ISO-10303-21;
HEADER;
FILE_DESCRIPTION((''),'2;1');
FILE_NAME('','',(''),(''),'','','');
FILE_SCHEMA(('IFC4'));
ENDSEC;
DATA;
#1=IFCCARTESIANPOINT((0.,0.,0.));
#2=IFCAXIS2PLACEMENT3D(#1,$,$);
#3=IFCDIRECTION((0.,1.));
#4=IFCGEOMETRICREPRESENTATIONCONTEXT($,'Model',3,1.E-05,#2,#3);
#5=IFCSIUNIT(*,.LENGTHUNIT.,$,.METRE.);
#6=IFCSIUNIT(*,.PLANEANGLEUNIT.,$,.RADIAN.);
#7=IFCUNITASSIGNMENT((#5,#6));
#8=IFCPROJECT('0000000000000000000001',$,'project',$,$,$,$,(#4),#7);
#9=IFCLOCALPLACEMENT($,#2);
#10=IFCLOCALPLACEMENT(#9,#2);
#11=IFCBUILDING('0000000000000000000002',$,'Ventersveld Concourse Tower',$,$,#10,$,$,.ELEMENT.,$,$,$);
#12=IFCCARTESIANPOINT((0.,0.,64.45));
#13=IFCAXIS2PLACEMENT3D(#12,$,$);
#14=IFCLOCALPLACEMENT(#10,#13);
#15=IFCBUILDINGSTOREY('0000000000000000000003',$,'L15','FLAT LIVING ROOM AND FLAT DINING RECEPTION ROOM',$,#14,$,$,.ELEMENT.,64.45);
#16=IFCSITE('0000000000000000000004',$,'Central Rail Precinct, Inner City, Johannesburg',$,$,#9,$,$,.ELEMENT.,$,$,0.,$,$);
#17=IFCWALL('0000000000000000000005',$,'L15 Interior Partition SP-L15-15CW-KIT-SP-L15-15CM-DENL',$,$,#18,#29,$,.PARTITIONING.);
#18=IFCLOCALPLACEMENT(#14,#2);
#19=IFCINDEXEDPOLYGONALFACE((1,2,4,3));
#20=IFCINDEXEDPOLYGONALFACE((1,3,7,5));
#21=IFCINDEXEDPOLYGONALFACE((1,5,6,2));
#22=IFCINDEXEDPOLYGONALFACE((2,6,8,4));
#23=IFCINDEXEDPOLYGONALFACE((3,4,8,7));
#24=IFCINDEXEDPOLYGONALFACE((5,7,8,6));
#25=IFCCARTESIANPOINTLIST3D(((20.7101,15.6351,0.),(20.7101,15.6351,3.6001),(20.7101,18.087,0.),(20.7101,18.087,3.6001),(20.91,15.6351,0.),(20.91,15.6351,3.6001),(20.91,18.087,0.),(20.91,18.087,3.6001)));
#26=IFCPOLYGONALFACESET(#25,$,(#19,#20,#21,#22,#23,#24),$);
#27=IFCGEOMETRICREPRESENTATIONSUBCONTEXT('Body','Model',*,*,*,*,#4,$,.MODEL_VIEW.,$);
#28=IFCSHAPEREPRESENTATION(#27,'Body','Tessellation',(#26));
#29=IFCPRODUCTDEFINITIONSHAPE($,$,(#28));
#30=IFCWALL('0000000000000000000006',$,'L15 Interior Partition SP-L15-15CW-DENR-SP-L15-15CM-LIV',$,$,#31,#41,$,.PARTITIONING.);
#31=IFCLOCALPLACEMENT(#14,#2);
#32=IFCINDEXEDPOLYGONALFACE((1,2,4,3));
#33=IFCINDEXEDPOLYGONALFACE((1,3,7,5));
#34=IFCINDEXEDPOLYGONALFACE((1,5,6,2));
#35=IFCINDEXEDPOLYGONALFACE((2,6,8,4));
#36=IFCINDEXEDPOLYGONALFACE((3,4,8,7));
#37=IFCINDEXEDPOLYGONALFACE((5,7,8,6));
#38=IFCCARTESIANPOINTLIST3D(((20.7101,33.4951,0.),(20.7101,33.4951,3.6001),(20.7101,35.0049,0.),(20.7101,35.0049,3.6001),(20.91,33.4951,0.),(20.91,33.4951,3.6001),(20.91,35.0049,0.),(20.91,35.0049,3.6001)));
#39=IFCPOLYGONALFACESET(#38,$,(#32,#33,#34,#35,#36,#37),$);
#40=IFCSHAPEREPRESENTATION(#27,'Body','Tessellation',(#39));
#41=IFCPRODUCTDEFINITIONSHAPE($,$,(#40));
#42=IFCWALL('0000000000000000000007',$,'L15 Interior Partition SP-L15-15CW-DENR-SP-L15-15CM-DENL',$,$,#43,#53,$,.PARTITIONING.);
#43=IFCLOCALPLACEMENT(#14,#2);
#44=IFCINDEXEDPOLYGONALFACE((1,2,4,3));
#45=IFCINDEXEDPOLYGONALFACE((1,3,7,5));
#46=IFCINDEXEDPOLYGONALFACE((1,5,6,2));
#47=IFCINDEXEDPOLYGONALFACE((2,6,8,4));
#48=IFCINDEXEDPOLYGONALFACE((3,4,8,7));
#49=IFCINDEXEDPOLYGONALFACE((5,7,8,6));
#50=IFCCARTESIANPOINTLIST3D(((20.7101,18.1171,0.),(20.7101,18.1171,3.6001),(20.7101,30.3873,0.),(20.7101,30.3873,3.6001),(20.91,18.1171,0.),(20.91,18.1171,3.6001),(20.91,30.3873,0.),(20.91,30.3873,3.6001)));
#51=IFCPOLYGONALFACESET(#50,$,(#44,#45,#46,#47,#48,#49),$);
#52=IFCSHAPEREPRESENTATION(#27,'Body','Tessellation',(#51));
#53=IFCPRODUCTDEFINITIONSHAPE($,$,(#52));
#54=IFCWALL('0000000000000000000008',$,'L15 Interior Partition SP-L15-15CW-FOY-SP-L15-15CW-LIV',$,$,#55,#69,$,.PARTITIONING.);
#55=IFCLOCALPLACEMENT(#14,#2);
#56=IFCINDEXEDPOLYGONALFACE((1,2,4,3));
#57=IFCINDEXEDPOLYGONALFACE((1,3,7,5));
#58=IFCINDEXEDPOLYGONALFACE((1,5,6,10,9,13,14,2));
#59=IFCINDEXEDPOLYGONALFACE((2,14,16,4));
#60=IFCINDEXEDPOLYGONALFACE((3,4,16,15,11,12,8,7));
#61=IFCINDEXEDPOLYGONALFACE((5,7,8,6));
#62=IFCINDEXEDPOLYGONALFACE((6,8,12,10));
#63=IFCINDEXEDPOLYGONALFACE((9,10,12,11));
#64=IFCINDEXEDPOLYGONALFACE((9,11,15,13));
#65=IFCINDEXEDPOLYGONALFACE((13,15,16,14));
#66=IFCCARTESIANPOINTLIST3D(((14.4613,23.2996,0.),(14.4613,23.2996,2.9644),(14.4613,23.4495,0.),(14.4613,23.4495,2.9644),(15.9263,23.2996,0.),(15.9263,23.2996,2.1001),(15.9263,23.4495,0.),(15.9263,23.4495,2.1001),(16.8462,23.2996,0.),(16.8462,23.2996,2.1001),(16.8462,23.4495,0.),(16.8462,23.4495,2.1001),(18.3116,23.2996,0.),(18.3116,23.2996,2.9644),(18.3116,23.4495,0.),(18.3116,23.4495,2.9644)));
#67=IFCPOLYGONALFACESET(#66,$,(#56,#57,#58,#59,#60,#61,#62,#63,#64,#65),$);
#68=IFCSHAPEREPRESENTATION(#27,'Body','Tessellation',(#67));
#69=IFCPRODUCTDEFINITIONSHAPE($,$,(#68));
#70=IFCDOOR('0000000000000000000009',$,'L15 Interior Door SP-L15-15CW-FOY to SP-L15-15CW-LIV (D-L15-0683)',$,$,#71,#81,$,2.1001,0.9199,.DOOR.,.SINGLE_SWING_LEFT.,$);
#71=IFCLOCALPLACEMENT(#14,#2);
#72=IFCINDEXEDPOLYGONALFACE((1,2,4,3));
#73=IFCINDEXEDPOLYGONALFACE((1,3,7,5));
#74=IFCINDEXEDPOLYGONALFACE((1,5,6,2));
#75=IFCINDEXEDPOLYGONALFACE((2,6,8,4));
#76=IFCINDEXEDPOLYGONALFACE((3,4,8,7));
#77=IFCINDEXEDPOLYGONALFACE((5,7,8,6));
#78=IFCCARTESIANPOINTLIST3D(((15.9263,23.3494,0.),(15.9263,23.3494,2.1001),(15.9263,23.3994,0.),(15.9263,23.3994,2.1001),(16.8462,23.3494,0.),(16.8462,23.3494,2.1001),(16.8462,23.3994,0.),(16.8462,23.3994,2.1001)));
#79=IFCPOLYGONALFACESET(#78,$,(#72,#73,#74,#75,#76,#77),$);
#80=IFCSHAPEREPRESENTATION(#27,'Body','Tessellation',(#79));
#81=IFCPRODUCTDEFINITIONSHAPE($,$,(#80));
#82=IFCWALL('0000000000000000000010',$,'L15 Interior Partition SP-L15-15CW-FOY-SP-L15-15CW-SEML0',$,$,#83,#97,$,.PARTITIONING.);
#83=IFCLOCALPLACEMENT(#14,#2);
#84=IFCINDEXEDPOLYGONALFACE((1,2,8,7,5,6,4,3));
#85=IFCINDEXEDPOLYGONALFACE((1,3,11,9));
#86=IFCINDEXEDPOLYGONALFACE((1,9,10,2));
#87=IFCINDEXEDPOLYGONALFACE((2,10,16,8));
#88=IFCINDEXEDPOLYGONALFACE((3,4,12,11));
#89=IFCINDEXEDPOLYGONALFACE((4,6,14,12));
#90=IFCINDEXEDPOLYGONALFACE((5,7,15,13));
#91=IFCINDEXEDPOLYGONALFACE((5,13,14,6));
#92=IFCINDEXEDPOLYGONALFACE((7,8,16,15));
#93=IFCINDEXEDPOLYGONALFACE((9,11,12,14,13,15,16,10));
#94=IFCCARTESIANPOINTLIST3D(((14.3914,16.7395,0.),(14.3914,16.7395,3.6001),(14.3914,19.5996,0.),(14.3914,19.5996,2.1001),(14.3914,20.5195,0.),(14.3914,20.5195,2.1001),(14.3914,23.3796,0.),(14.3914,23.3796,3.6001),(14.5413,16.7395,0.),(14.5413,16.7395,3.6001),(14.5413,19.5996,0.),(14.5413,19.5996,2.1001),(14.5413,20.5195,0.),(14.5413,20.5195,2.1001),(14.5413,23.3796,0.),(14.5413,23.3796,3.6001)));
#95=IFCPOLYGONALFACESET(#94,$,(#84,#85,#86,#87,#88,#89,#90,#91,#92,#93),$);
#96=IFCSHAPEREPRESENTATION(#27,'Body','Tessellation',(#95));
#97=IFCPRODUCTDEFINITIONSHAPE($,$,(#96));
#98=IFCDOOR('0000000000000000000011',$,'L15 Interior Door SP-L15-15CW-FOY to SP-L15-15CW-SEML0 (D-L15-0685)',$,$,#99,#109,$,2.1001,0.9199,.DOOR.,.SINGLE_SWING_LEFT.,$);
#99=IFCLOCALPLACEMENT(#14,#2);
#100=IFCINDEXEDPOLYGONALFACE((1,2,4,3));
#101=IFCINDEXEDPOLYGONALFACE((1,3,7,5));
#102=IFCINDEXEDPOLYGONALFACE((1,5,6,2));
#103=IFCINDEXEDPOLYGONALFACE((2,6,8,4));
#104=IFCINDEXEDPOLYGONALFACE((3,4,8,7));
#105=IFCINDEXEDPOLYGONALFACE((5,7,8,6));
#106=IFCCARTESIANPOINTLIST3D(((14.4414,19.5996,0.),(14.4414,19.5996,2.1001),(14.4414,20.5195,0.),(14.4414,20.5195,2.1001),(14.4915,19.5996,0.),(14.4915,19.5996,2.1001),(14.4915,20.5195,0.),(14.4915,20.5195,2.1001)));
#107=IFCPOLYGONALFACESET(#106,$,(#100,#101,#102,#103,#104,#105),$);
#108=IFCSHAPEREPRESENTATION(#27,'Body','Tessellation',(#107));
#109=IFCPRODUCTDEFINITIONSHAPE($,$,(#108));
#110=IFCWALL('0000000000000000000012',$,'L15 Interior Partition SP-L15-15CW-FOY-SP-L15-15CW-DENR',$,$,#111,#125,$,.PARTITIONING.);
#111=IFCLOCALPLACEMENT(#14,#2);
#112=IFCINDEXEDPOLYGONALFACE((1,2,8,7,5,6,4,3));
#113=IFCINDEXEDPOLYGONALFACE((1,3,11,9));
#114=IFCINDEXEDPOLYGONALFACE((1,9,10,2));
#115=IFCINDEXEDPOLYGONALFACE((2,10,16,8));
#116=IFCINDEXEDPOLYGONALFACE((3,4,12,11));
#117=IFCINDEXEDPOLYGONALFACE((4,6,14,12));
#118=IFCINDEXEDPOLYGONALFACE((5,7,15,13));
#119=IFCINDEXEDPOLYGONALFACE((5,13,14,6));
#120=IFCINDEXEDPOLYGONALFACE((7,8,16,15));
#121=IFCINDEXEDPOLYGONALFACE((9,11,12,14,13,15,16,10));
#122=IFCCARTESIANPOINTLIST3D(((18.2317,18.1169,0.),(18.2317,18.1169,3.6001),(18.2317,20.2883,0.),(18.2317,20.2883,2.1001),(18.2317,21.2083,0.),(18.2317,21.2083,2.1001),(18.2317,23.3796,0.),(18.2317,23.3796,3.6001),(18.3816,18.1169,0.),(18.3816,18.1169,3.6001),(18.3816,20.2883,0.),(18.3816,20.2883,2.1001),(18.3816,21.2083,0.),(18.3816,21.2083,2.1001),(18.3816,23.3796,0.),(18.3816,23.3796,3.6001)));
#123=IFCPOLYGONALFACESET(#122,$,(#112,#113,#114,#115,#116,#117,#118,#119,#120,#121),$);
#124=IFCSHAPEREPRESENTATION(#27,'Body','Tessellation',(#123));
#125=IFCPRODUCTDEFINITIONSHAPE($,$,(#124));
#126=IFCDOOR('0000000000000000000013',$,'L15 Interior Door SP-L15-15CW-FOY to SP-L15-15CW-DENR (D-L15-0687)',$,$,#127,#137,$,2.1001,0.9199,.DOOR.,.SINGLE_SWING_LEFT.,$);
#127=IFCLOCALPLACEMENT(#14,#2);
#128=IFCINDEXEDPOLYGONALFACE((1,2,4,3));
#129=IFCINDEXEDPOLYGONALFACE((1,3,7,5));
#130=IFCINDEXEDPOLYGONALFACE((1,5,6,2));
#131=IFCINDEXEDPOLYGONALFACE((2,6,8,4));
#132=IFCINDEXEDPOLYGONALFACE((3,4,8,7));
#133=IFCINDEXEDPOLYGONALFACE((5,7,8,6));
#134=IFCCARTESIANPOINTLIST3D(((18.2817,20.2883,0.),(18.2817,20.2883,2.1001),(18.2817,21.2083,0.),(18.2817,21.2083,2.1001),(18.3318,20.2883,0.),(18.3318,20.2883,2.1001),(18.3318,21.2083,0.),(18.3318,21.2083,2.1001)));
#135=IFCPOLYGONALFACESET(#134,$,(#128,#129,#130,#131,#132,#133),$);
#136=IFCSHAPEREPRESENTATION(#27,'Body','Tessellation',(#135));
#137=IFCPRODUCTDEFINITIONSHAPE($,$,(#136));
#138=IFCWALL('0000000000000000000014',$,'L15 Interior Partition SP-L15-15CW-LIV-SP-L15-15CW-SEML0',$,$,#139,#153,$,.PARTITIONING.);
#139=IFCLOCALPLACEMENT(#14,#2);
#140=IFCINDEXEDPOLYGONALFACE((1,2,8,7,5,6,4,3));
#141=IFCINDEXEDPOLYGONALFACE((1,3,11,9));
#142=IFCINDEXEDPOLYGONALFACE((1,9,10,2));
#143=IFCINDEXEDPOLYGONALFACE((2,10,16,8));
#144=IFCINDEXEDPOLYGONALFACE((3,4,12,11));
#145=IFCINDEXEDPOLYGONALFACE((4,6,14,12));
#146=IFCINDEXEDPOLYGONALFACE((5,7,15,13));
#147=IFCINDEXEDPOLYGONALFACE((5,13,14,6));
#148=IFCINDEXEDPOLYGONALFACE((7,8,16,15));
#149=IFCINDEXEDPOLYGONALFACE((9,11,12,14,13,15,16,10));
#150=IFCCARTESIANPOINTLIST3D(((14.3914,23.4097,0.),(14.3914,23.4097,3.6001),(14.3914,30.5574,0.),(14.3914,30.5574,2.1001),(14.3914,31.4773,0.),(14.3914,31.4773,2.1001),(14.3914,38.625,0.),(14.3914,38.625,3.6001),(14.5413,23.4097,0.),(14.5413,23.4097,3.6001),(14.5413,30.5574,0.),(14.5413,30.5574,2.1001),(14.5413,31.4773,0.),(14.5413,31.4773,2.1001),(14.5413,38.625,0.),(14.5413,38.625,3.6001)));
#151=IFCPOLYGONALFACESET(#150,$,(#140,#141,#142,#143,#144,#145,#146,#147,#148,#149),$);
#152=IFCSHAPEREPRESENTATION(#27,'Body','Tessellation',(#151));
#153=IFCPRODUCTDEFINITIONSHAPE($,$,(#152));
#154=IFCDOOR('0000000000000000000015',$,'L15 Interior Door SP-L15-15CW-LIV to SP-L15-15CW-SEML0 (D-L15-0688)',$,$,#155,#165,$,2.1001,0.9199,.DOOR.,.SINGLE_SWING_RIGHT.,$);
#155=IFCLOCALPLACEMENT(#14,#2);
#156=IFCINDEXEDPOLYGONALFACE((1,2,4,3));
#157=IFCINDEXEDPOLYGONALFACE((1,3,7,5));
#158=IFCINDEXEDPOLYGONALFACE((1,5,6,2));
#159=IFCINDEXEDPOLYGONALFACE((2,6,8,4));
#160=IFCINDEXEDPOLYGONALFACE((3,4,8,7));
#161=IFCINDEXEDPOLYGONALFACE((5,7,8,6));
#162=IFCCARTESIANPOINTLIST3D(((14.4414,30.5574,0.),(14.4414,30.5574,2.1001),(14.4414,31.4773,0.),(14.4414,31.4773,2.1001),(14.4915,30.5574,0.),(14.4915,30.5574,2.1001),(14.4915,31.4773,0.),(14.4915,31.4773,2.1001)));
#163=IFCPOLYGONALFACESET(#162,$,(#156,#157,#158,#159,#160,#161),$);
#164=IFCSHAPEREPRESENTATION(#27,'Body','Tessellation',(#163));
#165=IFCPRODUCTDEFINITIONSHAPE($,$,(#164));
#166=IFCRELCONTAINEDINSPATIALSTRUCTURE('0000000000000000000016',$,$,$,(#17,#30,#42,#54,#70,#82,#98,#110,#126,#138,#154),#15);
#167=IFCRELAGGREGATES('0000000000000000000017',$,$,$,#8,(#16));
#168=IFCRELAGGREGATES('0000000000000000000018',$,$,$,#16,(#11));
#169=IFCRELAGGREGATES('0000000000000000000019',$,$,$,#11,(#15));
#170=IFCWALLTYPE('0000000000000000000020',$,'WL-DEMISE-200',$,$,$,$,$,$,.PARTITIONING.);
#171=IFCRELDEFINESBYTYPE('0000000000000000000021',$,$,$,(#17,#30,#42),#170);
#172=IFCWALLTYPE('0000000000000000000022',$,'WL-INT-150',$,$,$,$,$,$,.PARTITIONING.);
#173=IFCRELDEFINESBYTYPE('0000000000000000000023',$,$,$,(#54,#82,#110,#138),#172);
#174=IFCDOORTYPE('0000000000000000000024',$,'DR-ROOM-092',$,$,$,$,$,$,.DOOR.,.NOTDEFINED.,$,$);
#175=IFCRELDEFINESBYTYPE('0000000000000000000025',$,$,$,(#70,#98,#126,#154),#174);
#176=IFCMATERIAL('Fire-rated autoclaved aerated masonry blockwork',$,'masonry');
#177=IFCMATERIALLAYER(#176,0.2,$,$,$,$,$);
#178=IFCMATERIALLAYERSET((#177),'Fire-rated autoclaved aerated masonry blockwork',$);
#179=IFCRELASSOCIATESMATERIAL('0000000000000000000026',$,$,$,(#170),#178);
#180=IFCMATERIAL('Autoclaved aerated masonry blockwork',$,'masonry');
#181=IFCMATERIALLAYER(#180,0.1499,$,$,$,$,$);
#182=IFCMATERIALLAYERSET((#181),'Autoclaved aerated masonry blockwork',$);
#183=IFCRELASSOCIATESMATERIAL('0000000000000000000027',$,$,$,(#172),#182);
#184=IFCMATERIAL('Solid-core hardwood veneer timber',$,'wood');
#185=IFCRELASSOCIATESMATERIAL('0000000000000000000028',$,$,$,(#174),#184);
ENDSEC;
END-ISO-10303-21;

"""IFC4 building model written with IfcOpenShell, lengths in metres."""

from ifc_helpers import new_model, si_unit, direction, frame, frame_2d, origin, place, context, subcontext, project, spatial, rectangle, extrude, material, layer, layer_set, type_object, element, fill, save


model = new_model("IFC4")

# Units and contexts
model_context = context("Model", 3, precision=1e-05, world=origin(), true_north=direction((0.0, 1.0)))
body_context = subcontext(model_context, "Body", "Model", "MODEL_VIEW")
ifc_project = project(units=[si_unit("LENGTHUNIT", "METRE"), si_unit("PLANEANGLEUNIT", "RADIAN")], contexts=[model_context])

# Site, building, storey
site_placement = place(None, origin())
site = spatial("IfcSite", under=ifc_project, at=site_placement, Name="Central Rail Precinct, Inner City, Johannesburg", CompositionType="ELEMENT", RefElevation=0.0)
building_placement = place(site_placement, origin())
building = spatial("IfcBuilding", under=site, at=building_placement, Name="Ventersveld Concourse Tower", CompositionType="ELEMENT")
storey_placement = place(building_placement, frame((0.0, 0.0, 64.45)))
storey = spatial("IfcBuildingStorey", under=building, at=storey_placement, Name="L15", Description="FLAT LIVING ROOM AND FLAT DINING RECEPTION ROOM", CompositionType="ELEMENT", Elevation=64.45)

# Walls
ifc_material_1 = material(Name="Fire-rated autoclaved aerated masonry blockwork", Category="masonry")
ifc_layer_1 = layer(ifc_material_1, 0.2)
ifc_layer_set_1 = layer_set([ifc_layer_1], Name="Fire-rated autoclaved aerated masonry blockwork")
wall_type_1 = type_object("IfcWallType", Name="WL-DEMISE-200", PredefinedType="PARTITIONING", material=ifc_layer_set_1)
wall_1_placement = place(storey_placement, frame((20.8101, 15.635, 0.0), z_axis=(0.0, 0.0, 1.0), x_axis=(0.0, 1.0, 0.0)))
element("IfcWall", 1, at=wall_1_placement, inside=storey, type_object=wall_type_1, Name="L15 Interior Partition SP-L15-15CW-KIT-SP-L15-15CM-DENL", PredefinedType="PARTITIONING", context=body_context, shape_type="SweptSolid", body=[
    extrude(rectangle(XDim=2.4519, YDim=0.2, at=frame_2d((1.2261, 0.0))), origin(), (0.0, 0.0, 1.0), 3.6001),
])
wall_2_placement = place(storey_placement, frame((20.8101, 33.4951, 0.0), z_axis=(0.0, 0.0, 1.0), x_axis=(0.0, 1.0, 0.0)))
element("IfcWall", 2, at=wall_2_placement, inside=storey, type_object=wall_type_1, Name="L15 Interior Partition SP-L15-15CW-DENR-SP-L15-15CM-LIV", PredefinedType="PARTITIONING", context=body_context, shape_type="SweptSolid", body=[
    extrude(rectangle(XDim=1.5098, YDim=0.2, at=frame_2d((0.7549, 0.0))), origin(), (0.0, 0.0, 1.0), 3.6001),
])
wall_3_placement = place(storey_placement, frame((20.8101, 18.1169, 0.0), z_axis=(0.0, 0.0, 1.0), x_axis=(0.0, 1.0, 0.0)))
element("IfcWall", 3, at=wall_3_placement, inside=storey, type_object=wall_type_1, Name="L15 Interior Partition SP-L15-15CW-DENR-SP-L15-15CM-DENL", PredefinedType="PARTITIONING", context=body_context, shape_type="SweptSolid", body=[
    extrude(rectangle(XDim=12.2703, YDim=0.2, at=frame_2d((6.1353, 0.0))), origin(), (0.0, 0.0, 1.0), 3.6001),
])

# Walls, openings, doors
ifc_material_2 = material(Name="Autoclaved aerated masonry blockwork", Category="masonry")
ifc_layer_2 = layer(ifc_material_2, 0.1499)
ifc_layer_set_2 = layer_set([ifc_layer_2], Name="Autoclaved aerated masonry blockwork")
wall_type_2 = type_object("IfcWallType", Name="WL-INT-150", PredefinedType="PARTITIONING", material=ifc_layer_set_2)
wall_4_placement = place(storey_placement, frame((14.4612, 23.3745, 0.0), z_axis=(0.0, 0.0, 1.0), x_axis=(1.0, 0.0, 0.0)))
wall_4 = element("IfcWall", 4, at=wall_4_placement, inside=storey, type_object=wall_type_2, Name="L15 Interior Partition SP-L15-15CW-FOY-SP-L15-15CW-LIV", PredefinedType="PARTITIONING", context=body_context, shape_type="SweptSolid", body=[
    extrude(rectangle(XDim=3.8503, YDim=0.1499, at=frame_2d((1.9253, 0.0))), origin(), (0.0, 0.0, 1.0), 2.9644),
])
opening_1_placement = place(wall_4_placement, frame((1.4651, 0.0, 0.0)))
opening_1 = element("IfcOpeningElement", 5, at=opening_1_placement, cuts=wall_4, PredefinedType="OPENING", context=body_context, shape_type="SweptSolid", body=[
    extrude(rectangle(XDim=0.9199, YDim=2.1001, at=frame_2d((0.46, 1.05))), frame((0.0, 0.085, 0.0), z_axis=(0.0, -1.0, 0.0), x_axis=(1.0, 0.0, 0.0)), (0.0, 0.0, 1.0), 0.1699),
])
ifc_material_3 = material(Name="Solid-core hardwood veneer timber", Category="wood")
door_type = type_object("IfcDoorType", Name="DR-ROOM-092", OperationType="NOTDEFINED", PredefinedType="DOOR", material=ifc_material_3)
door_1_placement = place(opening_1_placement, origin())
door_1 = element("IfcDoor", 6, at=door_1_placement, inside=storey, type_object=door_type, Name="L15 Interior Door SP-L15-15CW-FOY to SP-L15-15CW-LIV (D-L15-0683)", OperationType="SINGLE_SWING_LEFT", OverallHeight=2.1001, OverallWidth=0.9199, PredefinedType="DOOR", context=body_context, shape_type="SweptSolid", body=[
    extrude(rectangle(XDim=0.9199, YDim=2.1001, at=frame_2d((0.46, 1.05))), frame((0.0, 0.0249, 0.0), z_axis=(0.0, -1.0, 0.0), x_axis=(1.0, 0.0, 0.0)), (0.0, 0.0, 1.0), 0.05),
])
fill(opening_1, door_1)
wall_5_placement = place(storey_placement, frame((14.4663, 16.7395, 0.0), z_axis=(0.0, 0.0, 1.0), x_axis=(0.0, 1.0, 0.0)))
wall_5 = element("IfcWall", 7, at=wall_5_placement, inside=storey, type_object=wall_type_2, Name="L15 Interior Partition SP-L15-15CW-FOY-SP-L15-15CW-SEML0", PredefinedType="PARTITIONING", context=body_context, shape_type="SweptSolid", body=[
    extrude(rectangle(XDim=6.6401, YDim=0.1499, at=frame_2d((3.3201, 0.0))), origin(), (0.0, 0.0, 1.0), 3.6001),
])
opening_2_placement = place(wall_5_placement, frame((2.8601, 0.0, 0.0)))
opening_2 = element("IfcOpeningElement", 8, at=opening_2_placement, cuts=wall_5, PredefinedType="OPENING", context=body_context, shape_type="SweptSolid", body=[
    extrude(rectangle(XDim=0.9199, YDim=2.1001, at=frame_2d((0.46, 1.05))), frame((0.0, 0.085, 0.0), z_axis=(0.0, -1.0, 0.0), x_axis=(1.0, 0.0, 0.0)), (0.0, 0.0, 1.0), 0.1699),
])
door_2_placement = place(opening_2_placement, origin())
door_2 = element("IfcDoor", 9, at=door_2_placement, inside=storey, type_object=door_type, Name="L15 Interior Door SP-L15-15CW-FOY to SP-L15-15CW-SEML0 (D-L15-0685)", OperationType="SINGLE_SWING_LEFT", OverallHeight=2.1001, OverallWidth=0.9199, PredefinedType="DOOR", context=body_context, shape_type="SweptSolid", body=[
    extrude(rectangle(XDim=0.9199, YDim=2.1001, at=frame_2d((0.46, 1.05))), frame((0.0, 0.0249, 0.0), z_axis=(0.0, -1.0, 0.0), x_axis=(1.0, 0.0, 0.0)), (0.0, 0.0, 1.0), 0.05),
])
fill(opening_2, door_2)
wall_6_placement = place(storey_placement, frame((18.3066, 18.1169, 0.0), z_axis=(0.0, 0.0, 1.0), x_axis=(0.0, 1.0, 0.0)))
wall_6 = element("IfcWall", 10, at=wall_6_placement, inside=storey, type_object=wall_type_2, Name="L15 Interior Partition SP-L15-15CW-FOY-SP-L15-15CW-DENR", PredefinedType="PARTITIONING", context=body_context, shape_type="SweptSolid", body=[
    extrude(rectangle(XDim=5.2627, YDim=0.1499, at=frame_2d((2.6313, 0.0))), origin(), (0.0, 0.0, 1.0), 3.6001),
])
opening_3_placement = place(wall_6_placement, frame((2.1714, 0.0, 0.0)))
opening_3 = element("IfcOpeningElement", 11, at=opening_3_placement, cuts=wall_6, PredefinedType="OPENING", context=body_context, shape_type="SweptSolid", body=[
    extrude(rectangle(XDim=0.9199, YDim=2.1001, at=frame_2d((0.46, 1.05))), frame((0.0, 0.085, 0.0), z_axis=(0.0, -1.0, 0.0), x_axis=(1.0, 0.0, 0.0)), (0.0, 0.0, 1.0), 0.1699),
])
door_3_placement = place(opening_3_placement, origin())
door_3 = element("IfcDoor", 12, at=door_3_placement, inside=storey, type_object=door_type, Name="L15 Interior Door SP-L15-15CW-FOY to SP-L15-15CW-DENR (D-L15-0687)", OperationType="SINGLE_SWING_LEFT", OverallHeight=2.1001, OverallWidth=0.9199, PredefinedType="DOOR", context=body_context, shape_type="SweptSolid", body=[
    extrude(rectangle(XDim=0.9199, YDim=2.1001, at=frame_2d((0.46, 1.05))), frame((0.0, 0.0249, 0.0), z_axis=(0.0, -1.0, 0.0), x_axis=(1.0, 0.0, 0.0)), (0.0, 0.0, 1.0), 0.05),
])
fill(opening_3, door_3)
wall_7_placement = place(storey_placement, frame((14.4663, 23.4097, 0.0), z_axis=(0.0, 0.0, 1.0), x_axis=(0.0, 1.0, 0.0)))
wall_7 = element("IfcWall", 13, at=wall_7_placement, inside=storey, type_object=wall_type_2, Name="L15 Interior Partition SP-L15-15CW-LIV-SP-L15-15CW-SEML0", PredefinedType="PARTITIONING", context=body_context, shape_type="SweptSolid", body=[
    extrude(rectangle(XDim=15.2153, YDim=0.1499, at=frame_2d((7.6077, 0.0))), origin(), (0.0, 0.0, 1.0), 3.6001),
])
opening_4_placement = place(wall_7_placement, frame((7.1477, 0.0, 0.0)))
opening_4 = element("IfcOpeningElement", 14, at=opening_4_placement, cuts=wall_7, PredefinedType="OPENING", context=body_context, shape_type="SweptSolid", body=[
    extrude(rectangle(XDim=0.9199, YDim=2.1001, at=frame_2d((0.46, 1.05))), frame((0.0, 0.085, 0.0), z_axis=(0.0, -1.0, 0.0), x_axis=(1.0, 0.0, 0.0)), (0.0, 0.0, 1.0), 0.1699),
])
door_4_placement = place(opening_4_placement, origin())
door_4 = element("IfcDoor", 15, at=door_4_placement, inside=storey, type_object=door_type, Name="L15 Interior Door SP-L15-15CW-LIV to SP-L15-15CW-SEML0 (D-L15-0688)", OperationType="SINGLE_SWING_RIGHT", OverallHeight=2.1001, OverallWidth=0.9199, PredefinedType="DOOR", context=body_context, shape_type="SweptSolid", body=[
    extrude(rectangle(XDim=0.9199, YDim=2.1001, at=frame_2d((0.46, 1.05))), frame((0.0, 0.0249, 0.0), z_axis=(0.0, -1.0, 0.0), x_axis=(1.0, 0.0, 0.0)), (0.0, 0.0, 1.0), 0.05),
])
fill(opening_4, door_4)

save(model, "model.ifc")
